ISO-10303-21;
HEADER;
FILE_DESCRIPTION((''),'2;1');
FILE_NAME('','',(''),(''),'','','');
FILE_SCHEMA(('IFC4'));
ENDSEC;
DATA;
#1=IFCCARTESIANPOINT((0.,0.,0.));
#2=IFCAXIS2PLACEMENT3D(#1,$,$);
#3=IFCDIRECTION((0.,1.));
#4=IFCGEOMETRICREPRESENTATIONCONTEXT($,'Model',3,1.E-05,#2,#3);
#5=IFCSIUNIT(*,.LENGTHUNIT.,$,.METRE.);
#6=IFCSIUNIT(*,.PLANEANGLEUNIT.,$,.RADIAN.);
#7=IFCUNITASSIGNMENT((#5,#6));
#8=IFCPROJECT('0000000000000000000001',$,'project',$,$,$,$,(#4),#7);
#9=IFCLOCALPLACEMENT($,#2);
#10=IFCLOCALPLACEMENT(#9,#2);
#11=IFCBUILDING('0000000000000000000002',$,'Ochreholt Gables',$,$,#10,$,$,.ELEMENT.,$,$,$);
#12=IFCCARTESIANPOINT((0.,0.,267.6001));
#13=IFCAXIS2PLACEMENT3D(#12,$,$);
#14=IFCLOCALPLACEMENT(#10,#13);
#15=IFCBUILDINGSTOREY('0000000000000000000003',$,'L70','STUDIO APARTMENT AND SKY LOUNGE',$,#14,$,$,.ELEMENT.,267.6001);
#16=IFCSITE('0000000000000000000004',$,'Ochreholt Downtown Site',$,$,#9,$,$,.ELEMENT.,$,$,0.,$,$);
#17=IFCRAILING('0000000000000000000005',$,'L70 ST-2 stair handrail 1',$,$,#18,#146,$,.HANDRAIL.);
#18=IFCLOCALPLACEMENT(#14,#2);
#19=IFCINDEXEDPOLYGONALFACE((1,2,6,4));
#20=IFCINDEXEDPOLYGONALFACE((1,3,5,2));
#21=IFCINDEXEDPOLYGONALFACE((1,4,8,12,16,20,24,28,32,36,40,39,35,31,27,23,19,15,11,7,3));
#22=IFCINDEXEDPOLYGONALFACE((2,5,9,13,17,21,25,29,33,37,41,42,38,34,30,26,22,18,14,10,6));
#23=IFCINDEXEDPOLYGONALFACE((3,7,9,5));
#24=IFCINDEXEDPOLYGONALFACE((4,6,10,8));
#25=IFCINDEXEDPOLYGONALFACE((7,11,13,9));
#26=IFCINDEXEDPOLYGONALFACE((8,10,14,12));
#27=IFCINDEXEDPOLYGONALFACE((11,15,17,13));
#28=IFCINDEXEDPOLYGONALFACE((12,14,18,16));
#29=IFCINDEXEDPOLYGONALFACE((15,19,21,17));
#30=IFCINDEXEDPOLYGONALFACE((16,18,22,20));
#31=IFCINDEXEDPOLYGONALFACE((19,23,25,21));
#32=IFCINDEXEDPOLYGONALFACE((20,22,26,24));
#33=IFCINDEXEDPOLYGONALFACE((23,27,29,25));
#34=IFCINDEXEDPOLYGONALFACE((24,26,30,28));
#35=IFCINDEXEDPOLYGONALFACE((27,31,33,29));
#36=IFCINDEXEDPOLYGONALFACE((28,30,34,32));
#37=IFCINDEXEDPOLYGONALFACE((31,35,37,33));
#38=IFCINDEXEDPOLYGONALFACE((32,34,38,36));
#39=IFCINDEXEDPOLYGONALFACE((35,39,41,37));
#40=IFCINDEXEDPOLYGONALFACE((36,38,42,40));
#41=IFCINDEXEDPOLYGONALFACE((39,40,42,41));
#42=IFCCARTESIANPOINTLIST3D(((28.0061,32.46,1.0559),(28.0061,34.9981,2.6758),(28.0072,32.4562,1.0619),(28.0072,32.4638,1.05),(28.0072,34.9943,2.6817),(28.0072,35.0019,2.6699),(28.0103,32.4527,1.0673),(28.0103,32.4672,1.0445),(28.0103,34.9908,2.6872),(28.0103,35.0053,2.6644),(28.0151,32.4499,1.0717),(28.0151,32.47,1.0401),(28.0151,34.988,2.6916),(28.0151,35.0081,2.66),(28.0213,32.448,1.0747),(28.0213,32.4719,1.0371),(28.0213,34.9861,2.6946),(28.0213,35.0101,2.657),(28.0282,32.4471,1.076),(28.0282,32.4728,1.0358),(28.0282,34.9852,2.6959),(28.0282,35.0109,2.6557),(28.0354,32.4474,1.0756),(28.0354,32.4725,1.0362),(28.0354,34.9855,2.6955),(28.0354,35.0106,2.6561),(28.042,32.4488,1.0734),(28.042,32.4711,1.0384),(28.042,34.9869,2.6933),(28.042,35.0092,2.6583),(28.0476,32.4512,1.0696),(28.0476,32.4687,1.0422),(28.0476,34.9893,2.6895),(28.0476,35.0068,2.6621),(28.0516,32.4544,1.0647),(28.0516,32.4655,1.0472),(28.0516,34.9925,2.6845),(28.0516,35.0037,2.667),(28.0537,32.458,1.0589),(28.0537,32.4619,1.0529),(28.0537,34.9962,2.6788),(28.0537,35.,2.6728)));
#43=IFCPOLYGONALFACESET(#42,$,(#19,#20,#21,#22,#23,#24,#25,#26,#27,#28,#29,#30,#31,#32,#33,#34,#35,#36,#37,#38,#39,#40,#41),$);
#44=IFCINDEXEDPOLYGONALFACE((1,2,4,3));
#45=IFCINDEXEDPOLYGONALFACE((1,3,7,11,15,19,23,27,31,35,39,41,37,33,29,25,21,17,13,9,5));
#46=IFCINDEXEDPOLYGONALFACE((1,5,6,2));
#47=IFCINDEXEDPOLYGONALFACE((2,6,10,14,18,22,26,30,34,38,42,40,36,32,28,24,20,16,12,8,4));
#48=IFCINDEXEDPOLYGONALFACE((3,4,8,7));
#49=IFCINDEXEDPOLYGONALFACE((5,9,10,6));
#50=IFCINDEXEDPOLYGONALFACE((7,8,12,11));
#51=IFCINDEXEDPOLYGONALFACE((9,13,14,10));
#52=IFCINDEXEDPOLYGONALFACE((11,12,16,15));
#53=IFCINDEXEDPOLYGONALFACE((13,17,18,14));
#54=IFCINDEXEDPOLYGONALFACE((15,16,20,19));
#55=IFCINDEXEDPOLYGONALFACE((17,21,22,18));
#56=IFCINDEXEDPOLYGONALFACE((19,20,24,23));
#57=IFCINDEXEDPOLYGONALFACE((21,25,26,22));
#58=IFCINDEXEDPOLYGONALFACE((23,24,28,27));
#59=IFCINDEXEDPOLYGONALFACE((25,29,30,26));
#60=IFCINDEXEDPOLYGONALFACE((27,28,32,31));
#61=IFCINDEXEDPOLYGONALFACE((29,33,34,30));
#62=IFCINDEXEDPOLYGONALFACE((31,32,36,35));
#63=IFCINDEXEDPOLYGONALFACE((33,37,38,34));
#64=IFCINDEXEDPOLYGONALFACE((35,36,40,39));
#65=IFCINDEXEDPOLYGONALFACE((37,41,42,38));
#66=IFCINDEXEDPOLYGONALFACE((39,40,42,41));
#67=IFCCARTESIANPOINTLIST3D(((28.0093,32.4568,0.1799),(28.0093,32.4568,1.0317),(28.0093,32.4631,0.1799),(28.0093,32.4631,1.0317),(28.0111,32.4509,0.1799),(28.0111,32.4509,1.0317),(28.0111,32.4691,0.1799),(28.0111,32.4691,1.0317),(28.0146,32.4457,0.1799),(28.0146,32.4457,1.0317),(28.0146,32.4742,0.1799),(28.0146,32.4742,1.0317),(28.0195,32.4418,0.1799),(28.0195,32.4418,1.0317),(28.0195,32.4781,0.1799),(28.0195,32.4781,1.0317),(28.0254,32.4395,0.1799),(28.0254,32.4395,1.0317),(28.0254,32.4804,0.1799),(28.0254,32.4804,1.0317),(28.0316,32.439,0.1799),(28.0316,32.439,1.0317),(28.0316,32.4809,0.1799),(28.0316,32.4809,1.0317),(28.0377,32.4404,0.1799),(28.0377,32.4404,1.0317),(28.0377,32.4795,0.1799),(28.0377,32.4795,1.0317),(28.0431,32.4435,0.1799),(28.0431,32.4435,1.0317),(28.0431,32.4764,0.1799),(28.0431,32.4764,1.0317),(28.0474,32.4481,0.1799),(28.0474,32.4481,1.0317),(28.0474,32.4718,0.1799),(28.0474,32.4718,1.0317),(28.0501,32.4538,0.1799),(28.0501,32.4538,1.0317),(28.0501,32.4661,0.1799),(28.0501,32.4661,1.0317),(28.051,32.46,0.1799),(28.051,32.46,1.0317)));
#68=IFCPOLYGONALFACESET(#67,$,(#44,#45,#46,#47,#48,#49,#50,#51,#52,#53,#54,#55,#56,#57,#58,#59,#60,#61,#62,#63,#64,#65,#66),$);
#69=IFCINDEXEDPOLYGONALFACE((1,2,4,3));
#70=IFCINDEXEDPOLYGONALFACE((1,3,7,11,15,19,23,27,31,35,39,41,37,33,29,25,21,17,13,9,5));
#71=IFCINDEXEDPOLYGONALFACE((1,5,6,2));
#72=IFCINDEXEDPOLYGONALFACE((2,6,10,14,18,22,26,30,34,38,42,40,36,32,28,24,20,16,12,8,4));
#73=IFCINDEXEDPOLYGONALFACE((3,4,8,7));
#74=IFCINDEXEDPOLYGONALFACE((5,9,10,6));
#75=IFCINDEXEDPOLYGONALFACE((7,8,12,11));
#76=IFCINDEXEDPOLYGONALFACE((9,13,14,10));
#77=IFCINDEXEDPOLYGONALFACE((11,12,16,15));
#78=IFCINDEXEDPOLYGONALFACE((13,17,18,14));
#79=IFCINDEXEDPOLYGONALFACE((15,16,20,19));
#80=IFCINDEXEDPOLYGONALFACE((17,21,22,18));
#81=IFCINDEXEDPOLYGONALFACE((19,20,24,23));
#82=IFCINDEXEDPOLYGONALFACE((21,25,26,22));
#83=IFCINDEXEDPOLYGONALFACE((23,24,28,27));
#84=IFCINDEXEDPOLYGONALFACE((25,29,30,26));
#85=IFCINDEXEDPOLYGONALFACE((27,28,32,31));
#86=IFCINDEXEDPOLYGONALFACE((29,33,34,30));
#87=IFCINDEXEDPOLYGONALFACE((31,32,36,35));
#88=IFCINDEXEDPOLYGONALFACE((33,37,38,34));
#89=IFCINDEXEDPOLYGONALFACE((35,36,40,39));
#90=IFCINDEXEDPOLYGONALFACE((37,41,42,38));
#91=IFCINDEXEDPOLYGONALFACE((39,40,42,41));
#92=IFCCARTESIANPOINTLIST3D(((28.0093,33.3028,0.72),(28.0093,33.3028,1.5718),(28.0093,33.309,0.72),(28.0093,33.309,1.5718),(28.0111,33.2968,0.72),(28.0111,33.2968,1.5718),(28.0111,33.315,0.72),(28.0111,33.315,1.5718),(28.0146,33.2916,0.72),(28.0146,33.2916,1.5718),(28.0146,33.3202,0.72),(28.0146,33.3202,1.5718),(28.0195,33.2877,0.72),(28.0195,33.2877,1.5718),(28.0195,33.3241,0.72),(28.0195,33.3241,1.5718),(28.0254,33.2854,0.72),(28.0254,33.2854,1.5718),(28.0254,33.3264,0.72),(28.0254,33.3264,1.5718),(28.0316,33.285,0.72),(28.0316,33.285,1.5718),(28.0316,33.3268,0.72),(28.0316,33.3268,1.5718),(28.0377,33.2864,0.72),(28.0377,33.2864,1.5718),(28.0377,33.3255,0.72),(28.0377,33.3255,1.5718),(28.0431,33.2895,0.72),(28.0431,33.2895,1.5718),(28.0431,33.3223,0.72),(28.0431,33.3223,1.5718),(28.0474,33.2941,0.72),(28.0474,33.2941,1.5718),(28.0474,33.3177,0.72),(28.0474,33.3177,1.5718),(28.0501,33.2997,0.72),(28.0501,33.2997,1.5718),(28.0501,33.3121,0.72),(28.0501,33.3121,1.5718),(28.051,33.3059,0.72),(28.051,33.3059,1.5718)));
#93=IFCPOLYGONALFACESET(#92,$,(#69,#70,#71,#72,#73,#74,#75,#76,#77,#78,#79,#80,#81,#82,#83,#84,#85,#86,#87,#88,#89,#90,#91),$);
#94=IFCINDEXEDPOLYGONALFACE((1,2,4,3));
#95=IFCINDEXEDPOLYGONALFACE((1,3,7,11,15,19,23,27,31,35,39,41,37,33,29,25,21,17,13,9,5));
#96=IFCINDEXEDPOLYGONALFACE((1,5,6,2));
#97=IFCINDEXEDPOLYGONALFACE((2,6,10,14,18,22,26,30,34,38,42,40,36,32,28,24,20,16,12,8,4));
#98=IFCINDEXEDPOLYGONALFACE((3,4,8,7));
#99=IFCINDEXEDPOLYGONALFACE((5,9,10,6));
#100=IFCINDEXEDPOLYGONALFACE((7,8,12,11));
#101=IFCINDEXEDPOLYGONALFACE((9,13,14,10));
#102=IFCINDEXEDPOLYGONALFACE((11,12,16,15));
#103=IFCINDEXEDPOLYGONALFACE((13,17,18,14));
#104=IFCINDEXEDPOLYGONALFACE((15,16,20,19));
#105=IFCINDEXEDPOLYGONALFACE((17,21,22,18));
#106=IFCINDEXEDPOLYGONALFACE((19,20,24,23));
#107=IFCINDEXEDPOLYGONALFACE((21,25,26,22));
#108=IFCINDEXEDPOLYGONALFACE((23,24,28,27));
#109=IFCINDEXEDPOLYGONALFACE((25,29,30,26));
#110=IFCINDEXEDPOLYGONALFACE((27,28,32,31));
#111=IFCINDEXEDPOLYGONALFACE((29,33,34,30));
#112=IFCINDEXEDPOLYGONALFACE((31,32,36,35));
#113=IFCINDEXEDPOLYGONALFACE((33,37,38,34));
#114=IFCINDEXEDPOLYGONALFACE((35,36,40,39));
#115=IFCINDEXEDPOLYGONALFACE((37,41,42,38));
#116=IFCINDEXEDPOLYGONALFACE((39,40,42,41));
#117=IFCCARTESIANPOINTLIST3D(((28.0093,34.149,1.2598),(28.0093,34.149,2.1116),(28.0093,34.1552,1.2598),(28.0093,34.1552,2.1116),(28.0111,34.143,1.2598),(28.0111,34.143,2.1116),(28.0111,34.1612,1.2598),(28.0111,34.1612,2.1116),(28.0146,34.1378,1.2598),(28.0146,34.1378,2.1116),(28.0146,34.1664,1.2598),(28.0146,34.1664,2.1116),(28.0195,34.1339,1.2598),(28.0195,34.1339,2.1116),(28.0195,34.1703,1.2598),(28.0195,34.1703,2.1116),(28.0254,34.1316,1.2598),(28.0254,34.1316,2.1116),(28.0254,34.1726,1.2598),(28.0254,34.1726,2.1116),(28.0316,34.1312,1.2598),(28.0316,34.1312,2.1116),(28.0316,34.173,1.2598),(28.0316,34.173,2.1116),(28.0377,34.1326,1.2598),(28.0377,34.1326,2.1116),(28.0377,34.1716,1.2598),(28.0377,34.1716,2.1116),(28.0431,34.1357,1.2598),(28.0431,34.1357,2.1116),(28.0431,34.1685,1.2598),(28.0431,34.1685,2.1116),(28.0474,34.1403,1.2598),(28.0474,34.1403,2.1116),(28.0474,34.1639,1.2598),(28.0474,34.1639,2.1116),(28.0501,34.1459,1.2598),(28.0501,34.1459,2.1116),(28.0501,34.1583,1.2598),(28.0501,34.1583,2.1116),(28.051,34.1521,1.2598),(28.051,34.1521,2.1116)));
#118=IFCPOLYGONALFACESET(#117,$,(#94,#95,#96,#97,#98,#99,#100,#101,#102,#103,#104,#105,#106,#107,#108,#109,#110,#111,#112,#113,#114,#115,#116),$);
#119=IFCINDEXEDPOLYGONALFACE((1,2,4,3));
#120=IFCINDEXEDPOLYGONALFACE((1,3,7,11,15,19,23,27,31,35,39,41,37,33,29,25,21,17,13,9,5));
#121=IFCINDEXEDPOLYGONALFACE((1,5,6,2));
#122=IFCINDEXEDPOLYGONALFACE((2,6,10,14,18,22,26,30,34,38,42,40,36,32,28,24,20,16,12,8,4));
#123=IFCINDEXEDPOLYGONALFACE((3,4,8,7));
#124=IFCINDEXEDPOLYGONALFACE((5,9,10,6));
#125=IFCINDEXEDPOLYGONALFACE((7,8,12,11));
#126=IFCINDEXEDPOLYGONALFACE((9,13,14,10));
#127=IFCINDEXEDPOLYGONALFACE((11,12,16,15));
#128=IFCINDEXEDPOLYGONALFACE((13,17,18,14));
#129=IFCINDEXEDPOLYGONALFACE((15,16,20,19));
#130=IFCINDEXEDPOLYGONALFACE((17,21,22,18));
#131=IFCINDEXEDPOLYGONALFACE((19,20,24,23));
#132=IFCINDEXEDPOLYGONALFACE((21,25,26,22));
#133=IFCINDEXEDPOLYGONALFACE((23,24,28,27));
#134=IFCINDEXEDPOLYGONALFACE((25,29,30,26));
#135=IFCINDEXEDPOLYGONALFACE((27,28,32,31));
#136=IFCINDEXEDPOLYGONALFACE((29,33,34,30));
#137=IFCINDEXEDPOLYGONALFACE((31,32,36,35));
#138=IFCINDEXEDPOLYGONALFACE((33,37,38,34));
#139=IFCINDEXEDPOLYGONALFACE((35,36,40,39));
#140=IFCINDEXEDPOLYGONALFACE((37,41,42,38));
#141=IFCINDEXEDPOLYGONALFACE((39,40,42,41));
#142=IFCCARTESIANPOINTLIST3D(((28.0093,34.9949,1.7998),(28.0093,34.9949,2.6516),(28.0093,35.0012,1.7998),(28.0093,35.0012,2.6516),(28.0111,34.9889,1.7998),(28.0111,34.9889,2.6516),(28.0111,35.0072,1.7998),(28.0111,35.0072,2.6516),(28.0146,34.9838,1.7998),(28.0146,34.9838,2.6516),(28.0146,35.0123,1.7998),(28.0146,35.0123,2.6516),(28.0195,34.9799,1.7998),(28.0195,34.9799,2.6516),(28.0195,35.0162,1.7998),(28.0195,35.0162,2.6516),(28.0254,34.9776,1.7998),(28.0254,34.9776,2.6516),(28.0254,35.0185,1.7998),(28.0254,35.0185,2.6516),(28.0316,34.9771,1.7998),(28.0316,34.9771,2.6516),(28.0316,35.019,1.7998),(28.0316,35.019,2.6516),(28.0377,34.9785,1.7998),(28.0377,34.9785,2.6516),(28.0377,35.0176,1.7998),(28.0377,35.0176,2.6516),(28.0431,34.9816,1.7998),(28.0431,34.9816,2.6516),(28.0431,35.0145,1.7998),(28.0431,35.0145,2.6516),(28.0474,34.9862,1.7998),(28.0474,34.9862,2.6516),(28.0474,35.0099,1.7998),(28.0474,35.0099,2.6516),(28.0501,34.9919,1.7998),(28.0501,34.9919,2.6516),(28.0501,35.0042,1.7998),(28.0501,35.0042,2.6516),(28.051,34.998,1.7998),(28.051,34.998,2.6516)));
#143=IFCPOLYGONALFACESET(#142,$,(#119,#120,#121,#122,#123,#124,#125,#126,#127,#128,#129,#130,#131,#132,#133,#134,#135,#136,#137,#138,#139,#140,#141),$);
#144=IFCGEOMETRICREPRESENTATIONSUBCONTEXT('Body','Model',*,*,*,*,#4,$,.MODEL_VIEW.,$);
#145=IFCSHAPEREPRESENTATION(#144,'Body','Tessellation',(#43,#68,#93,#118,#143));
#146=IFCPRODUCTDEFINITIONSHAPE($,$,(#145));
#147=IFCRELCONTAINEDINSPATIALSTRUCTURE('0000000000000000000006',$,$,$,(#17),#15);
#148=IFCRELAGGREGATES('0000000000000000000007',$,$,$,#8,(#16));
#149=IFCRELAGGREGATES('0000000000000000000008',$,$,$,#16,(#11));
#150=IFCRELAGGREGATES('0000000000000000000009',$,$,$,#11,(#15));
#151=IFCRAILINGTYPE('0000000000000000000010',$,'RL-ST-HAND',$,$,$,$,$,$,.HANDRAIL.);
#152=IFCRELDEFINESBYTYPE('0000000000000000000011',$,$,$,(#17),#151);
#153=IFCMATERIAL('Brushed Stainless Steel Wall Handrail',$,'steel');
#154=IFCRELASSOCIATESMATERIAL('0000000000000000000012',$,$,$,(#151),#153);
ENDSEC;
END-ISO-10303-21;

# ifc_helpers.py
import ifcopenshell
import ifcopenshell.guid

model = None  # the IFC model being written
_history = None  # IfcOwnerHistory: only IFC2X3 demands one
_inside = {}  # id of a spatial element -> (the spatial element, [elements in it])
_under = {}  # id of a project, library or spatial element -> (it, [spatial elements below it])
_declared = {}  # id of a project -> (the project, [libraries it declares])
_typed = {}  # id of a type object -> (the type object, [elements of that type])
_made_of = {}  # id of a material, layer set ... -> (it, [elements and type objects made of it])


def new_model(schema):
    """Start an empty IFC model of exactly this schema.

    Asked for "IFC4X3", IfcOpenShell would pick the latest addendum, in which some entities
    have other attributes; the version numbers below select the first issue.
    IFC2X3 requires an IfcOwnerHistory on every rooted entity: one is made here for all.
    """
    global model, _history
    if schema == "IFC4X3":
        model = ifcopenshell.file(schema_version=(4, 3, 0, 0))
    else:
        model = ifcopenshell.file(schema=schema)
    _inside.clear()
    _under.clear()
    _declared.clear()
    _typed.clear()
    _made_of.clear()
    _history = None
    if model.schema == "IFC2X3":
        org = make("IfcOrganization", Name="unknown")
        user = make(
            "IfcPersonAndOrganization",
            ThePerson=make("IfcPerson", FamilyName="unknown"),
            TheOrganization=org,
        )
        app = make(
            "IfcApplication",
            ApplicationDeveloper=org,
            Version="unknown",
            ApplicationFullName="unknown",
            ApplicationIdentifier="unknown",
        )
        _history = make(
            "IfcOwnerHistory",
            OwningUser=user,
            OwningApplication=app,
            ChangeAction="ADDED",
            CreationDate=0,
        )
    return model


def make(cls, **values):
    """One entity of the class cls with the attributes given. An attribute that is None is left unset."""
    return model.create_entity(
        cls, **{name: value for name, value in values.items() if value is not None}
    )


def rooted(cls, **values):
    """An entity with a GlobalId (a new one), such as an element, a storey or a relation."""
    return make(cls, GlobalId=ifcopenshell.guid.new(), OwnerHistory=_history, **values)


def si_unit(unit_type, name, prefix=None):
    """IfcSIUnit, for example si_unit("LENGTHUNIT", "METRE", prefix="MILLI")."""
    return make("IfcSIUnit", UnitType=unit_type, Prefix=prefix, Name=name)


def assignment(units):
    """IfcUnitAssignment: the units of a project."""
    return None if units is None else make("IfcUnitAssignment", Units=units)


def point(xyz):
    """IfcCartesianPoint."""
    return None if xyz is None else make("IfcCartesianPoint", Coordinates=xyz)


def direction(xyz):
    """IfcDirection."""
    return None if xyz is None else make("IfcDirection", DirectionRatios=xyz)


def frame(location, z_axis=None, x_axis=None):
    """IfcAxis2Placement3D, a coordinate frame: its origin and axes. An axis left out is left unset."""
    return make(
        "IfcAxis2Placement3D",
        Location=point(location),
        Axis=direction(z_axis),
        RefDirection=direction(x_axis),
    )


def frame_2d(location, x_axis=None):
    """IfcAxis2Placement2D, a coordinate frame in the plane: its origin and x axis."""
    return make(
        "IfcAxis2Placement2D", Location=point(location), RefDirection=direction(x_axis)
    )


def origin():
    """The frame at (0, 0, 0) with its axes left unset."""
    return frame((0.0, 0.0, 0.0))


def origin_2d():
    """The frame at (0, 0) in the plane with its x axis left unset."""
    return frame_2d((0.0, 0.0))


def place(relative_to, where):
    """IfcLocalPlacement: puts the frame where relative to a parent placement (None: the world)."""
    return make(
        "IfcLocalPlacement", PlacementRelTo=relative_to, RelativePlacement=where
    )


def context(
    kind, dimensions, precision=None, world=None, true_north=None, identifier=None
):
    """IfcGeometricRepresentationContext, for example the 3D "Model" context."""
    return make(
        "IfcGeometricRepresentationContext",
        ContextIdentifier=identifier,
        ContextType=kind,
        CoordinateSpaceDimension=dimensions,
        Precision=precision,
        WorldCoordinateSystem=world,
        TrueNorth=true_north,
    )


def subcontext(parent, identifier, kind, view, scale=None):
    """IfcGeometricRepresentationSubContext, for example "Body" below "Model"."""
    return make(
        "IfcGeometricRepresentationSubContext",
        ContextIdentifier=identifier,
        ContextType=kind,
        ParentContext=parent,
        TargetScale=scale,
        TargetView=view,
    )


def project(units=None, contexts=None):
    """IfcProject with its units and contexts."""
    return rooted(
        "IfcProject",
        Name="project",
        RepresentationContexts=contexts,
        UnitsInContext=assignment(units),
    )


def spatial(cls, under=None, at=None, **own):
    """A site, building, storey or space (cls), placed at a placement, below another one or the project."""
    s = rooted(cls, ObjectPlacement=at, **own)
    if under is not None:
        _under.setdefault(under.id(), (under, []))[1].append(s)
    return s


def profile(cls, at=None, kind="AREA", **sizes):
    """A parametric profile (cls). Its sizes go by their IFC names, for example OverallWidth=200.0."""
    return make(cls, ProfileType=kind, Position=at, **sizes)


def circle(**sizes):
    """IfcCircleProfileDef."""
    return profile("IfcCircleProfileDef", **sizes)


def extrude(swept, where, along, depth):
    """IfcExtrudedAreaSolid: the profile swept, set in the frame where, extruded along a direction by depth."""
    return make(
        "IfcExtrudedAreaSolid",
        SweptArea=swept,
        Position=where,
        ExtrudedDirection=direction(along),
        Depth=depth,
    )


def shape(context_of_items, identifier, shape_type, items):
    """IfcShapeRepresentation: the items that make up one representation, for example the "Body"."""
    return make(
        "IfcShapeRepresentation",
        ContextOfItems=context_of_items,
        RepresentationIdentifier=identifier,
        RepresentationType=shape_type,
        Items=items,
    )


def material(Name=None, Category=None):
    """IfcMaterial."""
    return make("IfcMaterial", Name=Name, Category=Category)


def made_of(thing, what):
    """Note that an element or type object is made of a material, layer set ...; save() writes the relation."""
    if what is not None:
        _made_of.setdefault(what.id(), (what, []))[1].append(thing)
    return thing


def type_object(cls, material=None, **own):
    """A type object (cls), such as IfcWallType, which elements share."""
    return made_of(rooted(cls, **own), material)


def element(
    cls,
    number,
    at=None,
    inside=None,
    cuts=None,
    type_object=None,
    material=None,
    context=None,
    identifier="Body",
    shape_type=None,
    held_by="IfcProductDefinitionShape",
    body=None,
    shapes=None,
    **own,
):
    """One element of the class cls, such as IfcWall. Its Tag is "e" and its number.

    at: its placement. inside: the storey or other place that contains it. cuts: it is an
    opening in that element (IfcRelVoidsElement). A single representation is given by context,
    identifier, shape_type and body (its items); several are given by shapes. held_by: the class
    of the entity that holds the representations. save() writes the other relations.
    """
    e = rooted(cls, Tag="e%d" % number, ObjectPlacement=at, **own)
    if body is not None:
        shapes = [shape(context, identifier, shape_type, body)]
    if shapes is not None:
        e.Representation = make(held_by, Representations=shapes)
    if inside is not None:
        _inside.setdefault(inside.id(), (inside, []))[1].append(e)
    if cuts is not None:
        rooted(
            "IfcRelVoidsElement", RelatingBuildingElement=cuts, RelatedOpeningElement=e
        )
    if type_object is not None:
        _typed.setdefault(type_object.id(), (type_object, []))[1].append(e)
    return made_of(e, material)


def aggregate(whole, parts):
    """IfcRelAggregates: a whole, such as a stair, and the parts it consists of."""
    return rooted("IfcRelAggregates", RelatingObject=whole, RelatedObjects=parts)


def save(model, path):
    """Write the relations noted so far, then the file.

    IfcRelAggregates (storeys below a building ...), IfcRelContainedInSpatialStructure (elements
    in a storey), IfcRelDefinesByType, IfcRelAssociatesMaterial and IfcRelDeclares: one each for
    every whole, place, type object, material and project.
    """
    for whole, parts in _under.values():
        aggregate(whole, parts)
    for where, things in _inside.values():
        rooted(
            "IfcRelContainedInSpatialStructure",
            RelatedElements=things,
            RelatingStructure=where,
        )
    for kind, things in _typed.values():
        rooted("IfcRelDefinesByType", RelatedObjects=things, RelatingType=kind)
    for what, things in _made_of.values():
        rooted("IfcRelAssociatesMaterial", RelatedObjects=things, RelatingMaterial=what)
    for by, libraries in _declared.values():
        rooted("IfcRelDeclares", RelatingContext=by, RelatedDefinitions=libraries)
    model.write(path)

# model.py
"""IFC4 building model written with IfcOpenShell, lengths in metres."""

from ifc_helpers import new_model, si_unit, direction, frame, origin, origin_2d, place, context, subcontext, project, spatial, circle, extrude, material, type_object, element, save


model = new_model("IFC4")

# Units and contexts
model_context = context("Model", 3, precision=1e-05, world=origin(), true_north=direction((0.0, 1.0)))
body_context = subcontext(model_context, "Body", "Model", "MODEL_VIEW")
ifc_project = project(units=[si_unit("LENGTHUNIT", "METRE"), si_unit("PLANEANGLEUNIT", "RADIAN")], contexts=[model_context])

# Site, building, storey
site_placement = place(None, origin())
site = spatial("IfcSite", under=ifc_project, at=site_placement, Name="Ochreholt Downtown Site", CompositionType="ELEMENT", RefElevation=0.0)
building_placement = place(site_placement, origin())
building = spatial("IfcBuilding", under=site, at=building_placement, Name="Ochreholt Gables", CompositionType="ELEMENT")
storey_placement = place(building_placement, frame((0.0, 0.0, 267.6001)))
storey = spatial("IfcBuildingStorey", under=building, at=storey_placement, Name="L70", Description="STUDIO APARTMENT AND SKY LOUNGE", CompositionType="ELEMENT", Elevation=267.6001)

# Railing
ifc_material_1 = material(Name="Brushed Stainless Steel Wall Handrail", Category="steel")
railing_type_1 = type_object("IfcRailingType", Name="RL-ST-HAND", PredefinedType="HANDRAIL", material=ifc_material_1)
railing_1_placement = place(storey_placement, frame((28.03, 32.46, 0.1799)))
element("IfcRailing", 1, at=railing_1_placement, inside=storey, type_object=railing_type_1, Name="L70 ST-2 stair handrail 1", PredefinedType="HANDRAIL", context=body_context, shape_type="SweptSolid", body=[
    extrude(circle(Radius=0.0239, at=origin_2d()), frame((0.0, 0.0, 0.876), z_axis=(0.0, 0.84295, 0.537993), x_axis=(-1.0, 0.0, 0.0)), (0.0, 0.0, 1.0), 3.011),
    extrude(circle(Radius=0.021, at=origin_2d()), origin(), (0.0, 0.0, 1.0), 0.8518),
    extrude(circle(Radius=0.021, at=origin_2d()), frame((0.0, 0.8459, 0.54)), (0.0, 0.0, 1.0), 0.8518),
    extrude(circle(Radius=0.021, at=origin_2d()), frame((0.0, 1.6921, 1.0798)), (0.0, 0.0, 1.0), 0.8518),
    extrude(circle(Radius=0.021, at=origin_2d()), frame((0.0, 2.5381, 1.6199)), (0.0, 0.0, 1.0), 0.8518),
])

save(model, "model.ifc")
